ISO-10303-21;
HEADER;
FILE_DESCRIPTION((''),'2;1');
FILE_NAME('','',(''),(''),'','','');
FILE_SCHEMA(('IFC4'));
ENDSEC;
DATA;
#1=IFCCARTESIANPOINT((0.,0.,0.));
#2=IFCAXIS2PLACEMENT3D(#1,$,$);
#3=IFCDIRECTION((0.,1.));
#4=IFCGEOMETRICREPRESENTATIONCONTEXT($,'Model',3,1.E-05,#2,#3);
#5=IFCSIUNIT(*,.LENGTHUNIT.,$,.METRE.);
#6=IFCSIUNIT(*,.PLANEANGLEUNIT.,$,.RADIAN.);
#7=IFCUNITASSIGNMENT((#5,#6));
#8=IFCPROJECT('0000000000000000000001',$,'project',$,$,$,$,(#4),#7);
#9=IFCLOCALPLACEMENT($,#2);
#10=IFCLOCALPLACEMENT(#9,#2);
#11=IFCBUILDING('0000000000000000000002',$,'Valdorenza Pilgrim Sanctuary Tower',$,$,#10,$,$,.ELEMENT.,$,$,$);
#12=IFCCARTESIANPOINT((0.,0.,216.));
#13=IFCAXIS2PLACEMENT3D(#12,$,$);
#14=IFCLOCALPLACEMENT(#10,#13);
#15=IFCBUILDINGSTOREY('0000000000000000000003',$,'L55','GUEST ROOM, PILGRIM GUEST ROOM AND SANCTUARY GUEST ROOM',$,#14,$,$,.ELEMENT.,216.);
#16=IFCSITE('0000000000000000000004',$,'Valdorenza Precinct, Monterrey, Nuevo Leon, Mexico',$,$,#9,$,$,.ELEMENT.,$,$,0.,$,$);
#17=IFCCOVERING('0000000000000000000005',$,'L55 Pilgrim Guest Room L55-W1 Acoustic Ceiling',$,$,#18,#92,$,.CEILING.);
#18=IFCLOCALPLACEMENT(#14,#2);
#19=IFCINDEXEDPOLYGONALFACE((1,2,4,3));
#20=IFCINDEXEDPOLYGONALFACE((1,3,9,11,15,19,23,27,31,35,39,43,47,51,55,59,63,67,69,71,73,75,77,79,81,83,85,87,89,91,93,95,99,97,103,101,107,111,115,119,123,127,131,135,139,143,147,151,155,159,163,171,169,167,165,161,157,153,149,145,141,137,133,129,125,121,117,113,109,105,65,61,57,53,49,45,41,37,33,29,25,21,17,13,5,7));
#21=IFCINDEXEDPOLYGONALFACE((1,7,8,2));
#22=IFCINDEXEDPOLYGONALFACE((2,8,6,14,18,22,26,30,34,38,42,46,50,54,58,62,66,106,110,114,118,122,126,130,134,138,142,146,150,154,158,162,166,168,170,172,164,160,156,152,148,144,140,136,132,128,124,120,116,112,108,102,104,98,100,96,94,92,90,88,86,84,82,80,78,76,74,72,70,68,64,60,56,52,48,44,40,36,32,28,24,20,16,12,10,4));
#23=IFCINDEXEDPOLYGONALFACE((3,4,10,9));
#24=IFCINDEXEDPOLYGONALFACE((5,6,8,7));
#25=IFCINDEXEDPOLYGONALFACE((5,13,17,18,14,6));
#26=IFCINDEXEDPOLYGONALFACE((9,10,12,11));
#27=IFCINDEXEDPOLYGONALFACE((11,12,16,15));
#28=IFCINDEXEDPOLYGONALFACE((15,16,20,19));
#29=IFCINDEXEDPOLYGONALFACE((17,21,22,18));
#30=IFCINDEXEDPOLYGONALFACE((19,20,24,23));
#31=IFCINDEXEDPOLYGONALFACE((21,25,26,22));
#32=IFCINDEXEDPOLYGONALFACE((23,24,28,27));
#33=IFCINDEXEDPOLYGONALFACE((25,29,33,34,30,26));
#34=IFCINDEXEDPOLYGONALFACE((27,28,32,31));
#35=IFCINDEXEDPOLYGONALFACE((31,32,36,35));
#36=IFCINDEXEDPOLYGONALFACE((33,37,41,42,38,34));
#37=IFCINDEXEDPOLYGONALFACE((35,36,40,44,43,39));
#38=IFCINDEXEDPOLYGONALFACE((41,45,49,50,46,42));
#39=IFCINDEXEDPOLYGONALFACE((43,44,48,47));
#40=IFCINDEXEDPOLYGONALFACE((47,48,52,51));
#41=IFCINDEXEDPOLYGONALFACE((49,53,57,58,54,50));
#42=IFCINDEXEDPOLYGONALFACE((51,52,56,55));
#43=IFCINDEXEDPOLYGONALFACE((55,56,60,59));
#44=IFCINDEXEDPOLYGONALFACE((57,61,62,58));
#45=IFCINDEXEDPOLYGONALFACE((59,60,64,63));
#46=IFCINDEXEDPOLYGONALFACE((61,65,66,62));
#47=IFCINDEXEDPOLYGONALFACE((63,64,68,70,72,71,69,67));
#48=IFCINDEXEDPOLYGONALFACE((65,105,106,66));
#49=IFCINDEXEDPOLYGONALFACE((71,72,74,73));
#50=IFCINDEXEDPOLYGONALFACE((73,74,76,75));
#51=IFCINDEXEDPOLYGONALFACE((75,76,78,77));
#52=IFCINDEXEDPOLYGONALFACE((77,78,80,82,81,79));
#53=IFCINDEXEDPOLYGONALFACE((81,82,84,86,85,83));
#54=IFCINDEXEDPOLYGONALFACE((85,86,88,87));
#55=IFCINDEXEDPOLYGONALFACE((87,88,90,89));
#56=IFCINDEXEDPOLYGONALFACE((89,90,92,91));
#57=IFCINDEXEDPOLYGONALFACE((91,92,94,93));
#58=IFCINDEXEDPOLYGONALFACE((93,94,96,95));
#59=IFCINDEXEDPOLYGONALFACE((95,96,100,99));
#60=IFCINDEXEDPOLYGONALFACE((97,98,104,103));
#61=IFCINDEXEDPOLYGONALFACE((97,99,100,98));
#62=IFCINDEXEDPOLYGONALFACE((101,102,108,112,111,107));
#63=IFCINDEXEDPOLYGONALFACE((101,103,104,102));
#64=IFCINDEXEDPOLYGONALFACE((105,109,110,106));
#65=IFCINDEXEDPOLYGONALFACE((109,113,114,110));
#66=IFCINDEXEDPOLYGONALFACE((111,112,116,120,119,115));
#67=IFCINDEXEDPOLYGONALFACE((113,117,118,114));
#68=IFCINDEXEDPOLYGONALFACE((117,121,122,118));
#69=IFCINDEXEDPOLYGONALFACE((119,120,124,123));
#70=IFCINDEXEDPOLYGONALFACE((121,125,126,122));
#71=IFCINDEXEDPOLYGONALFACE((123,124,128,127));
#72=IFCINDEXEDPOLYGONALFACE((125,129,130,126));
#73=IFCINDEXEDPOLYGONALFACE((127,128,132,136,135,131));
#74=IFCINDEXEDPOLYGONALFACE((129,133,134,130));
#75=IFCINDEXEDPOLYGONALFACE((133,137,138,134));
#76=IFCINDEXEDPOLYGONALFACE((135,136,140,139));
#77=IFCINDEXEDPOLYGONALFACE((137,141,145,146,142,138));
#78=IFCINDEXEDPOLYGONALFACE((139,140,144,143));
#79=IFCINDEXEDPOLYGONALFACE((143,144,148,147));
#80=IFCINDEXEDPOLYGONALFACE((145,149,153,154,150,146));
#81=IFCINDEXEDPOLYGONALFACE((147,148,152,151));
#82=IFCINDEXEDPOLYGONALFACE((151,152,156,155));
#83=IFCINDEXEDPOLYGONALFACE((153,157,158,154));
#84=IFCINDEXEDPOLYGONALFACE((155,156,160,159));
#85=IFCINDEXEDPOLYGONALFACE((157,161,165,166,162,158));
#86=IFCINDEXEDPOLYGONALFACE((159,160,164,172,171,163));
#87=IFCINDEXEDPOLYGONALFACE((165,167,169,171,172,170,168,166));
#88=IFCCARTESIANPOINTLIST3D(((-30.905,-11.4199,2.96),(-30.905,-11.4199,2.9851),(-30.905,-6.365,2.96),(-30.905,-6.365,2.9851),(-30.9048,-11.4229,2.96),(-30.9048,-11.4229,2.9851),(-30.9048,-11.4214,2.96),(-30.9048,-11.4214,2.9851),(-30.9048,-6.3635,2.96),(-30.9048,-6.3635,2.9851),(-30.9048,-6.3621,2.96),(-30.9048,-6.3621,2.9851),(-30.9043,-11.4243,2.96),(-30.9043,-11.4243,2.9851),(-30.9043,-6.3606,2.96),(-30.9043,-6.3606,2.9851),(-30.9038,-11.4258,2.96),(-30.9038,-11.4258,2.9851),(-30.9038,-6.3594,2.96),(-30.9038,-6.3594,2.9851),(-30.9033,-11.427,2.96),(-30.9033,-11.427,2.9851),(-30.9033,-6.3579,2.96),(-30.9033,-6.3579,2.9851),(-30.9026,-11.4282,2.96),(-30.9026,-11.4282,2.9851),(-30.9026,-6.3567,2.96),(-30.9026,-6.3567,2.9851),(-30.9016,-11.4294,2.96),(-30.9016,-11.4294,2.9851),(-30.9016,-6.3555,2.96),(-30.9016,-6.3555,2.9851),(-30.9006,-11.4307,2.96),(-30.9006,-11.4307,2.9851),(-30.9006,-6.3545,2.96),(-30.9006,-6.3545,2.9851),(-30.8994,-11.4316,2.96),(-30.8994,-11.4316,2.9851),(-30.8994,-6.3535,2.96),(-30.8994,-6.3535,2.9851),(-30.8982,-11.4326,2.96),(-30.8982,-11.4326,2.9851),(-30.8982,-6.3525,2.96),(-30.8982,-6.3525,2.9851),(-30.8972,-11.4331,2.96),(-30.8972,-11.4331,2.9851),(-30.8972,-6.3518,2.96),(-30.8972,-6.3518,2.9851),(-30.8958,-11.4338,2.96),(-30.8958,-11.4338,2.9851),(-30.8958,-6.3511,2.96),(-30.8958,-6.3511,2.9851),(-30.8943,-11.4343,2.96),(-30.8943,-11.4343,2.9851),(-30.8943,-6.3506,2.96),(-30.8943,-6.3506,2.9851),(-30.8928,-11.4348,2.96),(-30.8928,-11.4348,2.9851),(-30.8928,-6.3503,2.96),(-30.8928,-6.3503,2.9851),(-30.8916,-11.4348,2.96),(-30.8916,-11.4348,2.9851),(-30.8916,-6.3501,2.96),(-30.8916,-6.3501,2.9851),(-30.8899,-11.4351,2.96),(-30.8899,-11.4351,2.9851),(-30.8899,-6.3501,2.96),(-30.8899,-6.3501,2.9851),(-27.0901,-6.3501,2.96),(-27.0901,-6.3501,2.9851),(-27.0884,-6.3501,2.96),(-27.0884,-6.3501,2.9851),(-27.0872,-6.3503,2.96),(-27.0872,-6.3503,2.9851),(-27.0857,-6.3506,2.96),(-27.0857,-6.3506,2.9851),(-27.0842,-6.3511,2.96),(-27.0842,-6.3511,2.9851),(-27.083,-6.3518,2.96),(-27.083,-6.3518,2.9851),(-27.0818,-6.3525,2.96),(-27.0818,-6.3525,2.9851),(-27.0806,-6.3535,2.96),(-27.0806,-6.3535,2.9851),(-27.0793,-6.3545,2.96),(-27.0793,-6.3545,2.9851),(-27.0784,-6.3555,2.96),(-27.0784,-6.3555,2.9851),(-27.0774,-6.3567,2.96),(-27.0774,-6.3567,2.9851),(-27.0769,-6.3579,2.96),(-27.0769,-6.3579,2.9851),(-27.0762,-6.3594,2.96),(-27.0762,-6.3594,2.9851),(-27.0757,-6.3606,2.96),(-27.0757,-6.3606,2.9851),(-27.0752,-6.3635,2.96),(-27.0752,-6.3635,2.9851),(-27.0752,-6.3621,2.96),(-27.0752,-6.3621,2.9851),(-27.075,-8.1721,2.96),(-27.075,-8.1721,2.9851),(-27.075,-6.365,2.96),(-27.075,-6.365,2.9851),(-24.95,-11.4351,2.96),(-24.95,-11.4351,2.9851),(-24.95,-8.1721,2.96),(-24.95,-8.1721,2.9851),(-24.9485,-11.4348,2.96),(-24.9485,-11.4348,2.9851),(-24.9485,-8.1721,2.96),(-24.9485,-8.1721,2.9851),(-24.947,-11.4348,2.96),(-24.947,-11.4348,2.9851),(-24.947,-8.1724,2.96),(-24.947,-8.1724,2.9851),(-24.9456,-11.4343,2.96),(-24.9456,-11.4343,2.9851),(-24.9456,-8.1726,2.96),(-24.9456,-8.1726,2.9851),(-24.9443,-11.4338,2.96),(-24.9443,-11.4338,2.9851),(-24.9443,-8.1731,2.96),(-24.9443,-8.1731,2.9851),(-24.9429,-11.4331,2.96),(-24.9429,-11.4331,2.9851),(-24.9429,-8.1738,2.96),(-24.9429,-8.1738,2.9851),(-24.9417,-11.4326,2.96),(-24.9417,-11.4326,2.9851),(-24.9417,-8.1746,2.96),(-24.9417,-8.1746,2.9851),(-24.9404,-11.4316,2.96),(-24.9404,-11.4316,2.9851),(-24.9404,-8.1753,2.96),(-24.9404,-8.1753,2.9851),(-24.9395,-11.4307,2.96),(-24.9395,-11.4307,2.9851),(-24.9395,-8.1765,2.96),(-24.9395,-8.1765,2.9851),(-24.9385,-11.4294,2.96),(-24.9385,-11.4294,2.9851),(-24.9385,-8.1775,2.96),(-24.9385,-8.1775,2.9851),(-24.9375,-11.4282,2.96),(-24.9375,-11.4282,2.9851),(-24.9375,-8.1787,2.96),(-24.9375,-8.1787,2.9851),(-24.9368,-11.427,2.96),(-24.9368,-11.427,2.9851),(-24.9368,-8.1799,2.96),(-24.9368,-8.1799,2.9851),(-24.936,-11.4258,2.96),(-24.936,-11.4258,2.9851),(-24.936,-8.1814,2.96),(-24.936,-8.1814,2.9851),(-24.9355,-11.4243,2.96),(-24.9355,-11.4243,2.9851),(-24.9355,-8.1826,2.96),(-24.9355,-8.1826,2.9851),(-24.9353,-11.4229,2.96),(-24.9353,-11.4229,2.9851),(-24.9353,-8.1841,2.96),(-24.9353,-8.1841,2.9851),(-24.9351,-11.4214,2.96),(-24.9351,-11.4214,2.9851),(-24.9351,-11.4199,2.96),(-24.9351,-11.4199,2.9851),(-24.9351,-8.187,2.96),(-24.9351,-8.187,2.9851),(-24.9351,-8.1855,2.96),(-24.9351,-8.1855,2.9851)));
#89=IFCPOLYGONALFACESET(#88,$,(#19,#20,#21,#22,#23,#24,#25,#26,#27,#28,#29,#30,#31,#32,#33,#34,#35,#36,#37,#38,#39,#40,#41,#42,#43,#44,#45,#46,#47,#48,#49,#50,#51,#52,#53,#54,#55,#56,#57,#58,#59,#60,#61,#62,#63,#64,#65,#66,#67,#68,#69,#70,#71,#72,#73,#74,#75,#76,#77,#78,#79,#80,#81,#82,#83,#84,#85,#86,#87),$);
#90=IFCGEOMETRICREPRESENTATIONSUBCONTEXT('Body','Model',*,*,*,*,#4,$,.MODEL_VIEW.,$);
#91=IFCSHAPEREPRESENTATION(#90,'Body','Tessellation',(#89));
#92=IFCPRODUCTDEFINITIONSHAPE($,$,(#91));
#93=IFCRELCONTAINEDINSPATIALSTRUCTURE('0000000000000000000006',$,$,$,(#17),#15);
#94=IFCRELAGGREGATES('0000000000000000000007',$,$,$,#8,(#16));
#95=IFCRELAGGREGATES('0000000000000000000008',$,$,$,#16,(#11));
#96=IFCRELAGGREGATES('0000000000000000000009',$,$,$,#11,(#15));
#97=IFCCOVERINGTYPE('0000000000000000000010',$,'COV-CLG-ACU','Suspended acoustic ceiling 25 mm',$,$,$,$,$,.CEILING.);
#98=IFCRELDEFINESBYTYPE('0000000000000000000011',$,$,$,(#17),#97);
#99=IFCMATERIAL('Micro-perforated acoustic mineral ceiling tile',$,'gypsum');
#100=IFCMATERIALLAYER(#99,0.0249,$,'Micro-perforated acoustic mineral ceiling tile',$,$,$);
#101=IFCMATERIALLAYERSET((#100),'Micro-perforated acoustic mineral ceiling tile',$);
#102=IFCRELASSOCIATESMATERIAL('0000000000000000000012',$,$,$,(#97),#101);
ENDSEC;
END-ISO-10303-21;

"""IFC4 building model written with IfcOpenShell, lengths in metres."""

from ifc_helpers import new_model, si_unit, direction, frame, origin, place, context, subcontext, project, spatial, polyline, outline, extrude, material, layer, layer_set, type_object, element, save


model = new_model("IFC4")

# Units and contexts
model_context = context("Model", 3, precision=1e-05, world=origin(), true_north=direction((0.0, 1.0)))
body_context = subcontext(model_context, "Body", "Model", "MODEL_VIEW")
ifc_project = project(units=[si_unit("LENGTHUNIT", "METRE"), si_unit("PLANEANGLEUNIT", "RADIAN")], contexts=[model_context])

# Site, building, storey
site_placement = place(None, origin())
site = spatial("IfcSite", under=ifc_project, at=site_placement, Name="Valdorenza Precinct, Monterrey, Nuevo Leon, Mexico", CompositionType="ELEMENT", RefElevation=0.0)
building_placement = place(site_placement, origin())
building = spatial("IfcBuilding", under=site, at=building_placement, Name="Valdorenza Pilgrim Sanctuary Tower", CompositionType="ELEMENT")
storey_placement = place(building_placement, frame((0.0, 0.0, 216.0)))
storey = spatial("IfcBuildingStorey", under=building, at=storey_placement, Name="L55", Description="GUEST ROOM, PILGRIM GUEST ROOM AND SANCTUARY GUEST ROOM", CompositionType="ELEMENT", Elevation=216.0)

# Covering
ifc_material_1 = material(Name="Micro-perforated acoustic mineral ceiling tile", Category="gypsum")
ifc_layer_1 = layer(ifc_material_1, 0.0249, Name="Micro-perforated acoustic mineral ceiling tile")
ifc_layer_set_1 = layer_set([ifc_layer_1], Name="Micro-perforated acoustic mineral ceiling tile")
covering_type_1 = type_object("IfcCoveringType", Name="COV-CLG-ACU", Description="Suspended acoustic ceiling 25 mm", PredefinedType="CEILING", material=ifc_layer_set_1)
covering_1_placement = place(storey_placement, frame((0.0, 0.0, 2.96)))
element("IfcCovering", 1, at=covering_1_placement, inside=storey, type_object=covering_type_1, Name="L55 Pilgrim Guest Room L55-W1 Acoustic Ceiling", PredefinedType="CEILING", context=body_context, shape_type="SweptSolid", body=[
    extrude(outline(polyline([(-30.905, -6.365), (-30.9048, -6.3635), (-30.9048, -6.3621), (-30.9043, -6.3606), (-30.9038, -6.3594), (-30.9033, -6.3579), (-30.9026, -6.3567), (-30.9016, -6.3555), (-30.9006, -6.3545), (-30.8994, -6.3535), (-30.8982, -6.3525), (-30.8972, -6.3518), (-30.8958, -6.3511), (-30.8943, -6.3506), (-30.8928, -6.3503), (-30.8916, -6.3501), (-30.8899, -6.3501), (-27.0901, -6.3501), (-27.0884, -6.3501), (-27.0872, -6.3503), (-27.0857, -6.3506), (-27.0842, -6.3511), (-27.083, -6.3518), (-27.0818, -6.3525), (-27.0806, -6.3535), (-27.0793, -6.3545), (-27.0784, -6.3555), (-27.0774, -6.3567), (-27.0769, -6.3579), (-27.0762, -6.3594), (-27.0757, -6.3606), (-27.0752, -6.3621), (-27.0752, -6.3635), (-27.075, -6.365), (-27.075, -8.1721), (-24.95, -8.1721), (-24.9485, -8.1721), (-24.947, -8.1724), (-24.9456, -8.1726), (-24.9443, -8.1731), (-24.9429, -8.1738), (-24.9417, -8.1746), (-24.9404, -8.1753), (-24.9395, -8.1765), (-24.9385, -8.1775), (-24.9375, -8.1787), (-24.9368, -8.1799), (-24.936, -8.1814), (-24.9355, -8.1826), (-24.9353, -8.1841), (-24.9351, -8.1855), (-24.9351, -8.187), (-24.9351, -11.4199), (-24.9351, -11.4214), (-24.9353, -11.4229), (-24.9355, -11.4243), (-24.936, -11.4258), (-24.9368, -11.427), (-24.9375, -11.4282), (-24.9385, -11.4294), (-24.9395, -11.4307), (-24.9404, -11.4316), (-24.9417, -11.4326), (-24.9429, -11.4331), (-24.9443, -11.4338), (-24.9456, -11.4343), (-24.947, -11.4348), (-24.9485, -11.4348), (-24.95, -11.4351), (-30.8899, -11.4351), (-30.8916, -11.4348), (-30.8928, -11.4348), (-30.8943, -11.4343), (-30.8958, -11.4338), (-30.8972, -11.4331), (-30.8982, -11.4326), (-30.8994, -11.4316), (-30.9006, -11.4307), (-30.9016, -11.4294), (-30.9026, -11.4282), (-30.9033, -11.427), (-30.9038, -11.4258), (-30.9043, -11.4243), (-30.9048, -11.4229), (-30.9048, -11.4214), (-30.905, -11.4199), (-30.905, -6.365)])), origin(), (0.0, 0.0, 1.0), 0.0251),
])

save(model, "model.ifc")
